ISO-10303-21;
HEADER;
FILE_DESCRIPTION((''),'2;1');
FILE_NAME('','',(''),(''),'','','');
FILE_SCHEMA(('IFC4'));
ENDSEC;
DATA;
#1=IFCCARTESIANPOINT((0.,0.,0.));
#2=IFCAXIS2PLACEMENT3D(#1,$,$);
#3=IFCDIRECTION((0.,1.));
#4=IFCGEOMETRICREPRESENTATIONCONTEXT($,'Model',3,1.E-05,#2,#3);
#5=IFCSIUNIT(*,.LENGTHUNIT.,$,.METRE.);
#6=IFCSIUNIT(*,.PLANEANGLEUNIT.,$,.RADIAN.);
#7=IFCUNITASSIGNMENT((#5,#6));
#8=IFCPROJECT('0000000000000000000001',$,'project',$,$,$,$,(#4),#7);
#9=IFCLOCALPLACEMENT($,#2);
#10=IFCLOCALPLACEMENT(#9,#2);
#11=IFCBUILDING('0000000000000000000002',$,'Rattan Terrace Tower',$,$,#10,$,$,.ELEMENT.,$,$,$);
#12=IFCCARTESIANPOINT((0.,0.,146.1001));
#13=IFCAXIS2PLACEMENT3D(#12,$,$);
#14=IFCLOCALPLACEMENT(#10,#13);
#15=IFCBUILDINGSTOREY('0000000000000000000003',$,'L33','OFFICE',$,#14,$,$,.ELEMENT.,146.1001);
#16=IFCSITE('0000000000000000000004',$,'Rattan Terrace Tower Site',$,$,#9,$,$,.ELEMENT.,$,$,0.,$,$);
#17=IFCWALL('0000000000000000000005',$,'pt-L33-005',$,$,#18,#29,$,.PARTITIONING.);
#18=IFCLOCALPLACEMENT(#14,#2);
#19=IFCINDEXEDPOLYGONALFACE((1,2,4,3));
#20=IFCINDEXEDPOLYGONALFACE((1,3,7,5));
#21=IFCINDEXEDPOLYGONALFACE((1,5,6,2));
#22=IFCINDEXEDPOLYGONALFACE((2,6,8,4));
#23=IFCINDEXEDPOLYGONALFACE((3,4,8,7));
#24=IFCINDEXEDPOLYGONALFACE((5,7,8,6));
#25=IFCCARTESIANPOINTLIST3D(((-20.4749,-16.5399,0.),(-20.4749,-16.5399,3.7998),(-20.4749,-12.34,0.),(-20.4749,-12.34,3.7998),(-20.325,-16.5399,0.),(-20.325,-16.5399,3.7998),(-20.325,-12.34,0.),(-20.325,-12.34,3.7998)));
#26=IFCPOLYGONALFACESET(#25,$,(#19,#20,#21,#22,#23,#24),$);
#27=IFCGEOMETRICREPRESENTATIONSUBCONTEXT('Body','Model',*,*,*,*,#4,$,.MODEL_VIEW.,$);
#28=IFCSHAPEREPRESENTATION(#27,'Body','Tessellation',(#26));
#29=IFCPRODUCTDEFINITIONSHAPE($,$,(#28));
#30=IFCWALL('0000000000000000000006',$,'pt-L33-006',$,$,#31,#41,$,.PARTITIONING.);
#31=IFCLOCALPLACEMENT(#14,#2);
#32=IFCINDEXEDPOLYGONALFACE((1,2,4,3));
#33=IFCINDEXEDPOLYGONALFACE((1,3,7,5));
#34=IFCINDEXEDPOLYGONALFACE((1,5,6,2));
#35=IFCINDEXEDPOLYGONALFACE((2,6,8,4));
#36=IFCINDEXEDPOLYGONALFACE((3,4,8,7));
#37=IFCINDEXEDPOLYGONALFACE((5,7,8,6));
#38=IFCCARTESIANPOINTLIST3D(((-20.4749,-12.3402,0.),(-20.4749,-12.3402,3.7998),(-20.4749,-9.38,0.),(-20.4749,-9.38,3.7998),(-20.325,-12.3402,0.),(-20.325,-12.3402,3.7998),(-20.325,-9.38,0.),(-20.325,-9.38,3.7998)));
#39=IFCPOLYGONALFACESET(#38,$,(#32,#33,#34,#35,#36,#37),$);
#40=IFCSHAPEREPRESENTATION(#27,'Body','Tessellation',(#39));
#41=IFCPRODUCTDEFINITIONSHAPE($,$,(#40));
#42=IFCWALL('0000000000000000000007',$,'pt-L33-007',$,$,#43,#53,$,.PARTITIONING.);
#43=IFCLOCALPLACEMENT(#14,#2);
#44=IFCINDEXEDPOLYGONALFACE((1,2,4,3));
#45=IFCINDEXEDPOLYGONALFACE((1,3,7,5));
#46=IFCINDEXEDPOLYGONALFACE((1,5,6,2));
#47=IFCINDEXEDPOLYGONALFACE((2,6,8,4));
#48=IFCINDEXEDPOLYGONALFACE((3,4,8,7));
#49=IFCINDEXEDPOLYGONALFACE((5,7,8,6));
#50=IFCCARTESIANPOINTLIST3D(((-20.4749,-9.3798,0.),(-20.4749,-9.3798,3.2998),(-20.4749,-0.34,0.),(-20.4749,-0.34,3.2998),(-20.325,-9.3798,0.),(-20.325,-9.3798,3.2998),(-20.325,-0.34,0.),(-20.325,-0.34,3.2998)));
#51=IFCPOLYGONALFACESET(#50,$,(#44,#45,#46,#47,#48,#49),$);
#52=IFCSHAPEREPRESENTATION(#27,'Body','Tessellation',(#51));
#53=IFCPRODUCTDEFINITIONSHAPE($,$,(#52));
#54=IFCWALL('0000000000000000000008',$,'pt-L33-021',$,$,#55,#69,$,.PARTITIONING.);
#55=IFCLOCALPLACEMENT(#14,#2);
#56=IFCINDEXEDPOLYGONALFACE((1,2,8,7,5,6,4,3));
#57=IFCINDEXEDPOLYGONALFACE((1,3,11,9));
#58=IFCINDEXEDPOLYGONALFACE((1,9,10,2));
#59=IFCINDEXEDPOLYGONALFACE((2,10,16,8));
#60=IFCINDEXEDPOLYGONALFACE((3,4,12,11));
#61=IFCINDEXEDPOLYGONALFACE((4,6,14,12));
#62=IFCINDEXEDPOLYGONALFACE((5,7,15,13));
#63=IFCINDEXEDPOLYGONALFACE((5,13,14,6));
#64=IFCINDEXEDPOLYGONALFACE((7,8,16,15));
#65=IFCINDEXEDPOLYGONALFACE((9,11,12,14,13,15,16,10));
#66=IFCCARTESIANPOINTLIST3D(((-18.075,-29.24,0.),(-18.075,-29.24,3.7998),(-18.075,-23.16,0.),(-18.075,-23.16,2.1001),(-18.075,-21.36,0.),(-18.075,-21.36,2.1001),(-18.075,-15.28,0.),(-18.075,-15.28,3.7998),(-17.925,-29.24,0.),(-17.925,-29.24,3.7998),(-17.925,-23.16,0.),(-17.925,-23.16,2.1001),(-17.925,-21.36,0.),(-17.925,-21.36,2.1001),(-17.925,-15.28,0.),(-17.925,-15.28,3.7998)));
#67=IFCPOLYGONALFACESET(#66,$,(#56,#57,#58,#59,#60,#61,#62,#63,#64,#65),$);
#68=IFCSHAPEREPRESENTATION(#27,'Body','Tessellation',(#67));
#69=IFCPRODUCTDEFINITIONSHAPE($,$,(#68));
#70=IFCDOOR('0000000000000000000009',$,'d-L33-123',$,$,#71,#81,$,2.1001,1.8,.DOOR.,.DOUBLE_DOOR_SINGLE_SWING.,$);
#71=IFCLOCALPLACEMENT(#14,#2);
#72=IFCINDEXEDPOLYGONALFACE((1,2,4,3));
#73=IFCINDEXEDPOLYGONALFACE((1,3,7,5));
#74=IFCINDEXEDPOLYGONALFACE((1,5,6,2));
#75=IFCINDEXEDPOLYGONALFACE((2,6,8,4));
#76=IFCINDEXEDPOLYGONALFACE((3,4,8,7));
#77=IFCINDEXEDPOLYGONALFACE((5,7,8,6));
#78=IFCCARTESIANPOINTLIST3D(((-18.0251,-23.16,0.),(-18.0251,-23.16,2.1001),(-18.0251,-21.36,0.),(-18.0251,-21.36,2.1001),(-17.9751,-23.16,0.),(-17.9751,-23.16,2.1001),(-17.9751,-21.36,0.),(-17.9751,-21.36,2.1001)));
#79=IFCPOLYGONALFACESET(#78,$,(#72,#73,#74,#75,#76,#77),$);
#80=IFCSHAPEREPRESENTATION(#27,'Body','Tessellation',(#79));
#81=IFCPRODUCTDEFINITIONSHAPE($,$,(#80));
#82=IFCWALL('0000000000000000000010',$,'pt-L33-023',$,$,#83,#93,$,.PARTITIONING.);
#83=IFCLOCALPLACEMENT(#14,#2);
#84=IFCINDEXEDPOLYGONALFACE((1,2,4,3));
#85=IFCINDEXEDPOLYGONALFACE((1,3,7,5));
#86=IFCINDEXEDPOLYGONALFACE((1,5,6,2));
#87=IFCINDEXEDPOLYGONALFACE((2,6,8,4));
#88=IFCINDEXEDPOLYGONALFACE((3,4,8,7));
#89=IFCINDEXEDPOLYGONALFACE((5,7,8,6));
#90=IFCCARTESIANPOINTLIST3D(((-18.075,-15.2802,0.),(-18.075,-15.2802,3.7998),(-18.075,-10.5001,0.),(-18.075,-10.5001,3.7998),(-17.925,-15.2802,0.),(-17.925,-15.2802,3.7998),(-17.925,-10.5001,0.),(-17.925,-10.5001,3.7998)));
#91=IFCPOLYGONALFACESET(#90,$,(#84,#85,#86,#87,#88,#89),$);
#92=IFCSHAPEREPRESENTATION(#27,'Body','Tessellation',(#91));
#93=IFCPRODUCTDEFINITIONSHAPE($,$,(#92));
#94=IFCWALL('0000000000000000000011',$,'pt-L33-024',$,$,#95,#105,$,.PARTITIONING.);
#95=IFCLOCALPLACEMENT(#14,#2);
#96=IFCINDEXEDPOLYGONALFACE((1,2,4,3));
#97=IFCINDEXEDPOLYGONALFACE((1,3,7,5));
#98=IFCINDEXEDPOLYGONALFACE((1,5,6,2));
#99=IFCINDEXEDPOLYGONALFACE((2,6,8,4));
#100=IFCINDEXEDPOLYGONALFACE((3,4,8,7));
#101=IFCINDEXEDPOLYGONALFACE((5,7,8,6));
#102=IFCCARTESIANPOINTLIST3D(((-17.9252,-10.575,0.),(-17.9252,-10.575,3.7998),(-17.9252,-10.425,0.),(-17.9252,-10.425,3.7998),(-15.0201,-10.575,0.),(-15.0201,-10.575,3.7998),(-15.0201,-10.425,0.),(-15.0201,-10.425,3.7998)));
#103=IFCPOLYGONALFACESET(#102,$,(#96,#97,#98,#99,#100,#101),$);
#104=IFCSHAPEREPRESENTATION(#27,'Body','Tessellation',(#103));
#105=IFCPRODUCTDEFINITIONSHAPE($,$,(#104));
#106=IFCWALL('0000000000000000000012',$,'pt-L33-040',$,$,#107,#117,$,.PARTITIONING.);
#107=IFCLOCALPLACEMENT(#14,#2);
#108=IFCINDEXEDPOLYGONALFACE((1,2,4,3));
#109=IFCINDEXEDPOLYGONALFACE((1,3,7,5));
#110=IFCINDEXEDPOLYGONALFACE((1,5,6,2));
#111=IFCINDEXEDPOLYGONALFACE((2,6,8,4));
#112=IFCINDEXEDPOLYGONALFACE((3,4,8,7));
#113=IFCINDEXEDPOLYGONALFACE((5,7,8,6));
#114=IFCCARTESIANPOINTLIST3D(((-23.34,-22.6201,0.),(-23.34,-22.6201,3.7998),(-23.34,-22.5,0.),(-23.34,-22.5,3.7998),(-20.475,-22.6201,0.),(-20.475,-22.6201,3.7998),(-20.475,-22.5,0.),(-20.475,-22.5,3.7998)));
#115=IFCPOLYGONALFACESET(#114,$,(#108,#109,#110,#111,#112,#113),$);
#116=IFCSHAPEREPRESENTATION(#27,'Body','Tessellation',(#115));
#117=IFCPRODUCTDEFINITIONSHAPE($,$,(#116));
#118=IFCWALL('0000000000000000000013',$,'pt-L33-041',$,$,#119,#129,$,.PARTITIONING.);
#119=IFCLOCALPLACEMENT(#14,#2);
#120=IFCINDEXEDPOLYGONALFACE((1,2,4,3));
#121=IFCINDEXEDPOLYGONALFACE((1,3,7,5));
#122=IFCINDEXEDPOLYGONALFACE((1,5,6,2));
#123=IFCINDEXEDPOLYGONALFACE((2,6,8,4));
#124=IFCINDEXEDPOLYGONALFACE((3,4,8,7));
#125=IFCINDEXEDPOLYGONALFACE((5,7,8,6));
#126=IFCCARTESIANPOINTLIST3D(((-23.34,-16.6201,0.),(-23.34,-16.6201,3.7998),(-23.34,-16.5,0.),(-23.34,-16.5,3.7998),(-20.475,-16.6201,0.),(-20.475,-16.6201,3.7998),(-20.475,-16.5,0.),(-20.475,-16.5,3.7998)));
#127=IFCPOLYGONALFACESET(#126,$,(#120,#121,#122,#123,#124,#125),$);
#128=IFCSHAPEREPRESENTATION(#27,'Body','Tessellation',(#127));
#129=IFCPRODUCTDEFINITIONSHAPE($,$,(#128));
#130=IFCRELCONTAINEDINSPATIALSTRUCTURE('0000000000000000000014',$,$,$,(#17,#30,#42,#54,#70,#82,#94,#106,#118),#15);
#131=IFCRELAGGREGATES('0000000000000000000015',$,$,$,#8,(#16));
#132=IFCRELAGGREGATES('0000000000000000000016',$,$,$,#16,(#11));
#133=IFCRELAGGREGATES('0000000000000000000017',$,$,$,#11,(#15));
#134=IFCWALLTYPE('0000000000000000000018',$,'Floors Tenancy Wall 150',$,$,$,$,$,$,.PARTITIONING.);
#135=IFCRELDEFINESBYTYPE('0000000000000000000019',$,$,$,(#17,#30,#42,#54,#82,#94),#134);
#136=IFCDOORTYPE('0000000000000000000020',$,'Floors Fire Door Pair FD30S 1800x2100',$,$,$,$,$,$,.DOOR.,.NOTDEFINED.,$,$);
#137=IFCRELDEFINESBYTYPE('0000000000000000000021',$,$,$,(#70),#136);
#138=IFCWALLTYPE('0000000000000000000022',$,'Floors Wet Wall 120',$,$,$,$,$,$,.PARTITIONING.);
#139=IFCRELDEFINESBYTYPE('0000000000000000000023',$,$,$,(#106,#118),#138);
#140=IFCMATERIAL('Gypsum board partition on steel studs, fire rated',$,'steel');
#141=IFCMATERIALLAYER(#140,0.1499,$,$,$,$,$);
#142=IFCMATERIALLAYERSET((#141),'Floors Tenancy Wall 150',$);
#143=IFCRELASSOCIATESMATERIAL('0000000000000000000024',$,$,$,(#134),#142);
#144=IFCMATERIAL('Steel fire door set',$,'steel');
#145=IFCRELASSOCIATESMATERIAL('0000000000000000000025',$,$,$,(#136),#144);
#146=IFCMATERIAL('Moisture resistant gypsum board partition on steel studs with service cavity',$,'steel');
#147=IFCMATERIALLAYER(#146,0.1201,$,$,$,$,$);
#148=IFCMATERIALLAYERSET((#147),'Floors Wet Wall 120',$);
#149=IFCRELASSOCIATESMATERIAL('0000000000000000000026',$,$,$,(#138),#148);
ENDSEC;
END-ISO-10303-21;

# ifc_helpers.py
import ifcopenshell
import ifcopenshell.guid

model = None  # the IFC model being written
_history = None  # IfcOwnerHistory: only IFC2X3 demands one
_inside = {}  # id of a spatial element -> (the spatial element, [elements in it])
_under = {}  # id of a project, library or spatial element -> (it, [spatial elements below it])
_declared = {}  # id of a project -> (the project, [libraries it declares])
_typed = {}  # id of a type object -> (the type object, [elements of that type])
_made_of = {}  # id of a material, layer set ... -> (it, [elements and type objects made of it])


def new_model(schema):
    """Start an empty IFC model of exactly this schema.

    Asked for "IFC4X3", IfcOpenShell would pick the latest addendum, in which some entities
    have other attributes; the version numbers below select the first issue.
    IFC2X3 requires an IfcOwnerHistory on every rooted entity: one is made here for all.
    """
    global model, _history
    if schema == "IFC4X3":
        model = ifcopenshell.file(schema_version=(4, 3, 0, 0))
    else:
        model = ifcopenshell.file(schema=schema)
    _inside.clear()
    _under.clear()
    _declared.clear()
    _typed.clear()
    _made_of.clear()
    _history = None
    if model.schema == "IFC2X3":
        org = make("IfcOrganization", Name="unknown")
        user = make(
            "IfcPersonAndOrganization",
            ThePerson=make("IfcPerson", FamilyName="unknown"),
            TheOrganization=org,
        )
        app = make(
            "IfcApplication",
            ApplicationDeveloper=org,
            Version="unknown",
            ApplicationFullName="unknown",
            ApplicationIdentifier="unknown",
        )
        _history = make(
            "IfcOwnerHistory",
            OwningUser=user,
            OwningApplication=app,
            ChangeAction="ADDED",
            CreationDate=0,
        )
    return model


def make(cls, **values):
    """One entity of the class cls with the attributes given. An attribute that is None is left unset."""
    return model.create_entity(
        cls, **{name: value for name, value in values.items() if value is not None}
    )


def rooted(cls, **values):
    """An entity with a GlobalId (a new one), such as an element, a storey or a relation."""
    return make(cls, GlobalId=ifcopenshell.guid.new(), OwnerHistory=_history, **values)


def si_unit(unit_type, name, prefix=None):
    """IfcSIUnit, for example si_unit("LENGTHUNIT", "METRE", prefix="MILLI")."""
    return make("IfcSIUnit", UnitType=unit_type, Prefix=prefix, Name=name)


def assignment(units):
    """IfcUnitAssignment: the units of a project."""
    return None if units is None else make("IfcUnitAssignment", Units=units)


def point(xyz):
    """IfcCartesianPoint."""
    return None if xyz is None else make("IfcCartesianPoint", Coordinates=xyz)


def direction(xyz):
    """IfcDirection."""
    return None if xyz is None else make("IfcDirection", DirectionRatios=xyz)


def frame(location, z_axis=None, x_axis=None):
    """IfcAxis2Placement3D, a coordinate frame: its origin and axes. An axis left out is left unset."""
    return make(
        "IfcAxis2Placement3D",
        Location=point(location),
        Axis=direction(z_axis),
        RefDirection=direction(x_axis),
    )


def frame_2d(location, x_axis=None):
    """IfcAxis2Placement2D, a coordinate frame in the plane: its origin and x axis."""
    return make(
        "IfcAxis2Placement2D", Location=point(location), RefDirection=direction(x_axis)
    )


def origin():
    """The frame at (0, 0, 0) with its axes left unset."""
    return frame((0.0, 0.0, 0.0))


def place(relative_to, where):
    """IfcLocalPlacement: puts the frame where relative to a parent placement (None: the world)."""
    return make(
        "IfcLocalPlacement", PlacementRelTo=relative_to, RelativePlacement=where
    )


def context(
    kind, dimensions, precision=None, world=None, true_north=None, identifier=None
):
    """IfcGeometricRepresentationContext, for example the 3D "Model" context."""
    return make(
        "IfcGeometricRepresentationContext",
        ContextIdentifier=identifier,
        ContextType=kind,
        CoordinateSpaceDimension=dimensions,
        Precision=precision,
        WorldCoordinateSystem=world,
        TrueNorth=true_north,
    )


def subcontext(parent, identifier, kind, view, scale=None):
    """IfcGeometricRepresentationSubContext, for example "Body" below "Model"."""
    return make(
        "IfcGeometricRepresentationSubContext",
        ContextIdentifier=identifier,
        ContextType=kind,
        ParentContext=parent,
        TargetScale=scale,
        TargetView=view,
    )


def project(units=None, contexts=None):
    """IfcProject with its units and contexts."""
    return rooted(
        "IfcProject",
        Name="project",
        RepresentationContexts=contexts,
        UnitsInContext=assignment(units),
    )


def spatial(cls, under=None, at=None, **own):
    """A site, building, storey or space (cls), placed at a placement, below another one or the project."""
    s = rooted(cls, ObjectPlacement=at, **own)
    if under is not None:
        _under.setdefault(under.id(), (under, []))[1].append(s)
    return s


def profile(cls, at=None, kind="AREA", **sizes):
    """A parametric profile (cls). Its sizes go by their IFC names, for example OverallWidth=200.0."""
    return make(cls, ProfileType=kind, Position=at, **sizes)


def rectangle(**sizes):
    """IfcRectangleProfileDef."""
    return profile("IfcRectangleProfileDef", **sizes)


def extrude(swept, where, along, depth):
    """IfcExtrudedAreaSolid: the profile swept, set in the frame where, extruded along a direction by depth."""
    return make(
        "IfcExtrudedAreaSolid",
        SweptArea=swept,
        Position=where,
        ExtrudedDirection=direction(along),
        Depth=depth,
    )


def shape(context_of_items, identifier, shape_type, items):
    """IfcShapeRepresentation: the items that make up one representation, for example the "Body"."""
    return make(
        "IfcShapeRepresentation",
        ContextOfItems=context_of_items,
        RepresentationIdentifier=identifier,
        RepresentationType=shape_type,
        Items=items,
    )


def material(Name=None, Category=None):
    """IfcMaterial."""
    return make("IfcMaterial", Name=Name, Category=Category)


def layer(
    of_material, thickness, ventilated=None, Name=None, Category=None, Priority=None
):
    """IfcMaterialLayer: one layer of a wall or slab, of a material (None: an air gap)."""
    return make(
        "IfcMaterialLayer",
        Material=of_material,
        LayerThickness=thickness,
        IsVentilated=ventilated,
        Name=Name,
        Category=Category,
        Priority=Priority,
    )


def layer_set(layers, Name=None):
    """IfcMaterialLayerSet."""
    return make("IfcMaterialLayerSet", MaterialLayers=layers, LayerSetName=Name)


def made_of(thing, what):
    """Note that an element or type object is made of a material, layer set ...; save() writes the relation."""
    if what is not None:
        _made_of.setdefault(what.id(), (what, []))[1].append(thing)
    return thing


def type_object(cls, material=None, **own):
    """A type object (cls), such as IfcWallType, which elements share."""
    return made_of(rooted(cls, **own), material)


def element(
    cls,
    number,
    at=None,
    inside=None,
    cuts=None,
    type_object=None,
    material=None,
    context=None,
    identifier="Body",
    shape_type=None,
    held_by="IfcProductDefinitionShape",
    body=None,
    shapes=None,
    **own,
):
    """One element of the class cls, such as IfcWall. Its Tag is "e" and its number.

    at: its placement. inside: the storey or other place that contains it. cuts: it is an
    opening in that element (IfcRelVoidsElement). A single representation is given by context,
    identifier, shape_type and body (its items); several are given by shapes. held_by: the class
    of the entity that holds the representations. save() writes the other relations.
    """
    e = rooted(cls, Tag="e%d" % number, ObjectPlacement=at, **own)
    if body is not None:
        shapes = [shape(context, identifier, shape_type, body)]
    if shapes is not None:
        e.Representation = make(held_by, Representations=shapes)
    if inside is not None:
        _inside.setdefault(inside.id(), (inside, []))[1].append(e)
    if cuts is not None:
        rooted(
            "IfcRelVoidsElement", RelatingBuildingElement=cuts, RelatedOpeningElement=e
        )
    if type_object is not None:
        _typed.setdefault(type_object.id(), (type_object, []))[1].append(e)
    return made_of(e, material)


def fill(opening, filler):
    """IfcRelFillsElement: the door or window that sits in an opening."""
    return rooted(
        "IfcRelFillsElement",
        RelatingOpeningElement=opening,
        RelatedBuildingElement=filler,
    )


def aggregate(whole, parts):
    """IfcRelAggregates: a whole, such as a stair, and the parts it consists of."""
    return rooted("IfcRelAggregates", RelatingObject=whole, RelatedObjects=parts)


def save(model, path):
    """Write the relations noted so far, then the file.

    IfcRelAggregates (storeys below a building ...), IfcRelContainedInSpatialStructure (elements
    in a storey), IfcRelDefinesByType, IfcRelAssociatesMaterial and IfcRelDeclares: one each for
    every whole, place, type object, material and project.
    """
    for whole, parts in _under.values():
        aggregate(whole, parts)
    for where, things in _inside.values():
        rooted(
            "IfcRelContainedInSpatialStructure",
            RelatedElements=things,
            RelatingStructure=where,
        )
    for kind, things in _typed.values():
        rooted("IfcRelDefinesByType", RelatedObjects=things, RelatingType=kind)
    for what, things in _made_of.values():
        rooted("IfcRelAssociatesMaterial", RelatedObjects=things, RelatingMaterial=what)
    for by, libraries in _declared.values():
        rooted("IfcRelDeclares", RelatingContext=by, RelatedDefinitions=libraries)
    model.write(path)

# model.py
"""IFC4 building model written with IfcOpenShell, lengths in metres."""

from ifc_helpers import new_model, si_unit, direction, frame, frame_2d, origin, place, context, subcontext, project, spatial, rectangle, extrude, material, layer, layer_set, type_object, element, fill, save


model = new_model("IFC4")

# Units and contexts
model_context = context("Model", 3, precision=1e-05, world=origin(), true_north=direction((0.0, 1.0)))
body_context = subcontext(model_context, "Body", "Model", "MODEL_VIEW")
ifc_project = project(units=[si_unit("LENGTHUNIT", "METRE"), si_unit("PLANEANGLEUNIT", "RADIAN")], contexts=[model_context])

# Site, building, storey
site_placement = place(None, origin())
site = spatial("IfcSite", under=ifc_project, at=site_placement, Name="Rattan Terrace Tower Site", CompositionType="ELEMENT", RefElevation=0.0)
building_placement = place(site_placement, origin())
building = spatial("IfcBuilding", under=site, at=building_placement, Name="Rattan Terrace Tower", CompositionType="ELEMENT")
storey_placement = place(building_placement, frame((0.0, 0.0, 146.1001)))
storey = spatial("IfcBuildingStorey", under=building, at=storey_placement, Name="L33", Description="OFFICE", CompositionType="ELEMENT", Elevation=146.1001)

# Walls
ifc_material_1 = material(Name="Gypsum board partition on steel studs, fire rated", Category="steel")
ifc_layer_1 = layer(ifc_material_1, 0.1499)
ifc_layer_set_1 = layer_set([ifc_layer_1], Name="Floors Tenancy Wall 150")
wall_type_1 = type_object("IfcWallType", Name="Floors Tenancy Wall 150", PredefinedType="PARTITIONING", material=ifc_layer_set_1)
wall_1_placement = place(storey_placement, frame((-20.3999, -16.54, 0.0), z_axis=(0.0, 0.0, 1.0), x_axis=(0.0, 1.0, 0.0)))
element("IfcWall", 1, at=wall_1_placement, inside=storey, type_object=wall_type_1, Name="pt-L33-005", PredefinedType="PARTITIONING", context=body_context, shape_type="SweptSolid", body=[
    extrude(rectangle(XDim=4.2, YDim=0.1499, at=frame_2d((2.1001, 0.0))), origin(), (0.0, 0.0, 1.0), 3.7998),
])
wall_2_placement = place(storey_placement, frame((-20.3999, -12.3401, 0.0), z_axis=(0.0, 0.0, 1.0), x_axis=(0.0, 1.0, 0.0)))
element("IfcWall", 2, at=wall_2_placement, inside=storey, type_object=wall_type_1, Name="pt-L33-006", PredefinedType="PARTITIONING", context=body_context, shape_type="SweptSolid", body=[
    extrude(rectangle(XDim=2.9602, YDim=0.1499, at=frame_2d((1.48, 0.0))), origin(), (0.0, 0.0, 1.0), 3.7998),
])
wall_3_placement = place(storey_placement, frame((-20.3999, -9.3799, 0.0), z_axis=(0.0, 0.0, 1.0), x_axis=(0.0, 1.0, 0.0)))
element("IfcWall", 3, at=wall_3_placement, inside=storey, type_object=wall_type_1, Name="pt-L33-007", PredefinedType="PARTITIONING", context=body_context, shape_type="SweptSolid", body=[
    extrude(rectangle(XDim=9.0398, YDim=0.1499, at=frame_2d((4.52, 0.0))), origin(), (0.0, 0.0, 1.0), 3.2998),
])

# Wall, opening, door
wall_4_placement = place(storey_placement, frame((-18.0, -15.28, 0.0), z_axis=(0.0, 0.0, 1.0), x_axis=(0.0, -1.0, 0.0)))
wall_4 = element("IfcWall", 4, at=wall_4_placement, inside=storey, type_object=wall_type_1, Name="pt-L33-021", PredefinedType="PARTITIONING", context=body_context, shape_type="SweptSolid", body=[
    extrude(rectangle(XDim=13.96, YDim=0.1499, at=frame_2d((6.98, 0.0))), origin(), (0.0, 0.0, 1.0), 3.7998),
])
opening_1_placement = place(wall_4_placement, frame((6.0801, 0.0, 0.0)))
opening_1 = element("IfcOpeningElement", 5, at=opening_1_placement, cuts=wall_4, PredefinedType="OPENING", context=body_context, shape_type="SweptSolid", body=[
    extrude(rectangle(XDim=1.8, YDim=2.1001, at=frame_2d((0.8999, 1.05))), frame((0.0, 0.0854, 0.0), z_axis=(0.0, -1.0, 0.0), x_axis=(1.0, 0.0, 0.0)), (0.0, 0.0, 1.0), 0.1709),
])
ifc_material_2 = material(Name="Steel fire door set", Category="steel")
door_type_1 = type_object("IfcDoorType", Name="Floors Fire Door Pair FD30S 1800x2100", OperationType="NOTDEFINED", PredefinedType="DOOR", material=ifc_material_2)
door_1_placement = place(opening_1_placement, origin())
door_1 = element("IfcDoor", 6, at=door_1_placement, inside=storey, type_object=door_type_1, Name="d-L33-123", OperationType="DOUBLE_DOOR_SINGLE_SWING", OverallHeight=2.1001, OverallWidth=1.8, PredefinedType="DOOR", context=body_context, shape_type="SweptSolid", body=[
    extrude(rectangle(XDim=1.8, YDim=2.1001, at=frame_2d((0.8999, 1.05))), frame((0.0, 0.0249, 0.0), z_axis=(0.0, -1.0, 0.0), x_axis=(1.0, 0.0, 0.0)), (0.0, 0.0, 1.0), 0.05),
])
fill(opening_1, door_1)

# Walls
wall_5_placement = place(storey_placement, frame((-18.0, -10.5, 0.0), z_axis=(0.0, 0.0, 1.0), x_axis=(0.0, -1.0, 0.0)))
element("IfcWall", 7, at=wall_5_placement, inside=storey, type_object=wall_type_1, Name="pt-L33-023", PredefinedType="PARTITIONING", context=body_context, shape_type="SweptSolid", body=[
    extrude(rectangle(XDim=4.78, YDim=0.1499, at=frame_2d((2.3901, 0.0))), origin(), (0.0, 0.0, 1.0), 3.7998),
])
wall_6_placement = place(storey_placement, frame((-15.02, -10.5, 0.0), z_axis=(0.0, 0.0, 1.0), x_axis=(-1.0, 0.0, 0.0)))
element("IfcWall", 8, at=wall_6_placement, inside=storey, type_object=wall_type_1, Name="pt-L33-024", PredefinedType="PARTITIONING", context=body_context, shape_type="SweptSolid", body=[
    extrude(rectangle(XDim=2.905, YDim=0.1499, at=frame_2d((1.4526, 0.0))), origin(), (0.0, 0.0, 1.0), 3.7998),
])
ifc_material_3 = material(Name="Moisture resistant gypsum board partition on steel studs with service cavity", Category="steel")
ifc_layer_2 = layer(ifc_material_3, 0.1201)
ifc_layer_set_2 = layer_set([ifc_layer_2], Name="Floors Wet Wall 120")
wall_type_2 = type_object("IfcWallType", Name="Floors Wet Wall 120", PredefinedType="PARTITIONING", material=ifc_layer_set_2)
for number, where, z_axis, x_axis, name in (
    (9, (-23.3401, -22.5601, 0.0), (0.0, 0.0, 1.0), (1.0, 0.0, 0.0), "pt-L33-040"),
    (10, (-23.3401, -16.5601, 0.0), (0.0, 0.0, 1.0), (1.0, 0.0, 0.0), "pt-L33-041"),
):
    element("IfcWall", number, at=place(storey_placement, frame(where, z_axis=z_axis, x_axis=x_axis)), inside=storey, type_object=wall_type_2, Name=name, PredefinedType="PARTITIONING", context=body_context, shape_type="SweptSolid", body=[
        extrude(rectangle(XDim=2.865, YDim=0.1201, at=frame_2d((1.4326, 0.0))), origin(), (0.0, 0.0, 1.0), 3.7998),
    ])

save(model, "model.ifc")
